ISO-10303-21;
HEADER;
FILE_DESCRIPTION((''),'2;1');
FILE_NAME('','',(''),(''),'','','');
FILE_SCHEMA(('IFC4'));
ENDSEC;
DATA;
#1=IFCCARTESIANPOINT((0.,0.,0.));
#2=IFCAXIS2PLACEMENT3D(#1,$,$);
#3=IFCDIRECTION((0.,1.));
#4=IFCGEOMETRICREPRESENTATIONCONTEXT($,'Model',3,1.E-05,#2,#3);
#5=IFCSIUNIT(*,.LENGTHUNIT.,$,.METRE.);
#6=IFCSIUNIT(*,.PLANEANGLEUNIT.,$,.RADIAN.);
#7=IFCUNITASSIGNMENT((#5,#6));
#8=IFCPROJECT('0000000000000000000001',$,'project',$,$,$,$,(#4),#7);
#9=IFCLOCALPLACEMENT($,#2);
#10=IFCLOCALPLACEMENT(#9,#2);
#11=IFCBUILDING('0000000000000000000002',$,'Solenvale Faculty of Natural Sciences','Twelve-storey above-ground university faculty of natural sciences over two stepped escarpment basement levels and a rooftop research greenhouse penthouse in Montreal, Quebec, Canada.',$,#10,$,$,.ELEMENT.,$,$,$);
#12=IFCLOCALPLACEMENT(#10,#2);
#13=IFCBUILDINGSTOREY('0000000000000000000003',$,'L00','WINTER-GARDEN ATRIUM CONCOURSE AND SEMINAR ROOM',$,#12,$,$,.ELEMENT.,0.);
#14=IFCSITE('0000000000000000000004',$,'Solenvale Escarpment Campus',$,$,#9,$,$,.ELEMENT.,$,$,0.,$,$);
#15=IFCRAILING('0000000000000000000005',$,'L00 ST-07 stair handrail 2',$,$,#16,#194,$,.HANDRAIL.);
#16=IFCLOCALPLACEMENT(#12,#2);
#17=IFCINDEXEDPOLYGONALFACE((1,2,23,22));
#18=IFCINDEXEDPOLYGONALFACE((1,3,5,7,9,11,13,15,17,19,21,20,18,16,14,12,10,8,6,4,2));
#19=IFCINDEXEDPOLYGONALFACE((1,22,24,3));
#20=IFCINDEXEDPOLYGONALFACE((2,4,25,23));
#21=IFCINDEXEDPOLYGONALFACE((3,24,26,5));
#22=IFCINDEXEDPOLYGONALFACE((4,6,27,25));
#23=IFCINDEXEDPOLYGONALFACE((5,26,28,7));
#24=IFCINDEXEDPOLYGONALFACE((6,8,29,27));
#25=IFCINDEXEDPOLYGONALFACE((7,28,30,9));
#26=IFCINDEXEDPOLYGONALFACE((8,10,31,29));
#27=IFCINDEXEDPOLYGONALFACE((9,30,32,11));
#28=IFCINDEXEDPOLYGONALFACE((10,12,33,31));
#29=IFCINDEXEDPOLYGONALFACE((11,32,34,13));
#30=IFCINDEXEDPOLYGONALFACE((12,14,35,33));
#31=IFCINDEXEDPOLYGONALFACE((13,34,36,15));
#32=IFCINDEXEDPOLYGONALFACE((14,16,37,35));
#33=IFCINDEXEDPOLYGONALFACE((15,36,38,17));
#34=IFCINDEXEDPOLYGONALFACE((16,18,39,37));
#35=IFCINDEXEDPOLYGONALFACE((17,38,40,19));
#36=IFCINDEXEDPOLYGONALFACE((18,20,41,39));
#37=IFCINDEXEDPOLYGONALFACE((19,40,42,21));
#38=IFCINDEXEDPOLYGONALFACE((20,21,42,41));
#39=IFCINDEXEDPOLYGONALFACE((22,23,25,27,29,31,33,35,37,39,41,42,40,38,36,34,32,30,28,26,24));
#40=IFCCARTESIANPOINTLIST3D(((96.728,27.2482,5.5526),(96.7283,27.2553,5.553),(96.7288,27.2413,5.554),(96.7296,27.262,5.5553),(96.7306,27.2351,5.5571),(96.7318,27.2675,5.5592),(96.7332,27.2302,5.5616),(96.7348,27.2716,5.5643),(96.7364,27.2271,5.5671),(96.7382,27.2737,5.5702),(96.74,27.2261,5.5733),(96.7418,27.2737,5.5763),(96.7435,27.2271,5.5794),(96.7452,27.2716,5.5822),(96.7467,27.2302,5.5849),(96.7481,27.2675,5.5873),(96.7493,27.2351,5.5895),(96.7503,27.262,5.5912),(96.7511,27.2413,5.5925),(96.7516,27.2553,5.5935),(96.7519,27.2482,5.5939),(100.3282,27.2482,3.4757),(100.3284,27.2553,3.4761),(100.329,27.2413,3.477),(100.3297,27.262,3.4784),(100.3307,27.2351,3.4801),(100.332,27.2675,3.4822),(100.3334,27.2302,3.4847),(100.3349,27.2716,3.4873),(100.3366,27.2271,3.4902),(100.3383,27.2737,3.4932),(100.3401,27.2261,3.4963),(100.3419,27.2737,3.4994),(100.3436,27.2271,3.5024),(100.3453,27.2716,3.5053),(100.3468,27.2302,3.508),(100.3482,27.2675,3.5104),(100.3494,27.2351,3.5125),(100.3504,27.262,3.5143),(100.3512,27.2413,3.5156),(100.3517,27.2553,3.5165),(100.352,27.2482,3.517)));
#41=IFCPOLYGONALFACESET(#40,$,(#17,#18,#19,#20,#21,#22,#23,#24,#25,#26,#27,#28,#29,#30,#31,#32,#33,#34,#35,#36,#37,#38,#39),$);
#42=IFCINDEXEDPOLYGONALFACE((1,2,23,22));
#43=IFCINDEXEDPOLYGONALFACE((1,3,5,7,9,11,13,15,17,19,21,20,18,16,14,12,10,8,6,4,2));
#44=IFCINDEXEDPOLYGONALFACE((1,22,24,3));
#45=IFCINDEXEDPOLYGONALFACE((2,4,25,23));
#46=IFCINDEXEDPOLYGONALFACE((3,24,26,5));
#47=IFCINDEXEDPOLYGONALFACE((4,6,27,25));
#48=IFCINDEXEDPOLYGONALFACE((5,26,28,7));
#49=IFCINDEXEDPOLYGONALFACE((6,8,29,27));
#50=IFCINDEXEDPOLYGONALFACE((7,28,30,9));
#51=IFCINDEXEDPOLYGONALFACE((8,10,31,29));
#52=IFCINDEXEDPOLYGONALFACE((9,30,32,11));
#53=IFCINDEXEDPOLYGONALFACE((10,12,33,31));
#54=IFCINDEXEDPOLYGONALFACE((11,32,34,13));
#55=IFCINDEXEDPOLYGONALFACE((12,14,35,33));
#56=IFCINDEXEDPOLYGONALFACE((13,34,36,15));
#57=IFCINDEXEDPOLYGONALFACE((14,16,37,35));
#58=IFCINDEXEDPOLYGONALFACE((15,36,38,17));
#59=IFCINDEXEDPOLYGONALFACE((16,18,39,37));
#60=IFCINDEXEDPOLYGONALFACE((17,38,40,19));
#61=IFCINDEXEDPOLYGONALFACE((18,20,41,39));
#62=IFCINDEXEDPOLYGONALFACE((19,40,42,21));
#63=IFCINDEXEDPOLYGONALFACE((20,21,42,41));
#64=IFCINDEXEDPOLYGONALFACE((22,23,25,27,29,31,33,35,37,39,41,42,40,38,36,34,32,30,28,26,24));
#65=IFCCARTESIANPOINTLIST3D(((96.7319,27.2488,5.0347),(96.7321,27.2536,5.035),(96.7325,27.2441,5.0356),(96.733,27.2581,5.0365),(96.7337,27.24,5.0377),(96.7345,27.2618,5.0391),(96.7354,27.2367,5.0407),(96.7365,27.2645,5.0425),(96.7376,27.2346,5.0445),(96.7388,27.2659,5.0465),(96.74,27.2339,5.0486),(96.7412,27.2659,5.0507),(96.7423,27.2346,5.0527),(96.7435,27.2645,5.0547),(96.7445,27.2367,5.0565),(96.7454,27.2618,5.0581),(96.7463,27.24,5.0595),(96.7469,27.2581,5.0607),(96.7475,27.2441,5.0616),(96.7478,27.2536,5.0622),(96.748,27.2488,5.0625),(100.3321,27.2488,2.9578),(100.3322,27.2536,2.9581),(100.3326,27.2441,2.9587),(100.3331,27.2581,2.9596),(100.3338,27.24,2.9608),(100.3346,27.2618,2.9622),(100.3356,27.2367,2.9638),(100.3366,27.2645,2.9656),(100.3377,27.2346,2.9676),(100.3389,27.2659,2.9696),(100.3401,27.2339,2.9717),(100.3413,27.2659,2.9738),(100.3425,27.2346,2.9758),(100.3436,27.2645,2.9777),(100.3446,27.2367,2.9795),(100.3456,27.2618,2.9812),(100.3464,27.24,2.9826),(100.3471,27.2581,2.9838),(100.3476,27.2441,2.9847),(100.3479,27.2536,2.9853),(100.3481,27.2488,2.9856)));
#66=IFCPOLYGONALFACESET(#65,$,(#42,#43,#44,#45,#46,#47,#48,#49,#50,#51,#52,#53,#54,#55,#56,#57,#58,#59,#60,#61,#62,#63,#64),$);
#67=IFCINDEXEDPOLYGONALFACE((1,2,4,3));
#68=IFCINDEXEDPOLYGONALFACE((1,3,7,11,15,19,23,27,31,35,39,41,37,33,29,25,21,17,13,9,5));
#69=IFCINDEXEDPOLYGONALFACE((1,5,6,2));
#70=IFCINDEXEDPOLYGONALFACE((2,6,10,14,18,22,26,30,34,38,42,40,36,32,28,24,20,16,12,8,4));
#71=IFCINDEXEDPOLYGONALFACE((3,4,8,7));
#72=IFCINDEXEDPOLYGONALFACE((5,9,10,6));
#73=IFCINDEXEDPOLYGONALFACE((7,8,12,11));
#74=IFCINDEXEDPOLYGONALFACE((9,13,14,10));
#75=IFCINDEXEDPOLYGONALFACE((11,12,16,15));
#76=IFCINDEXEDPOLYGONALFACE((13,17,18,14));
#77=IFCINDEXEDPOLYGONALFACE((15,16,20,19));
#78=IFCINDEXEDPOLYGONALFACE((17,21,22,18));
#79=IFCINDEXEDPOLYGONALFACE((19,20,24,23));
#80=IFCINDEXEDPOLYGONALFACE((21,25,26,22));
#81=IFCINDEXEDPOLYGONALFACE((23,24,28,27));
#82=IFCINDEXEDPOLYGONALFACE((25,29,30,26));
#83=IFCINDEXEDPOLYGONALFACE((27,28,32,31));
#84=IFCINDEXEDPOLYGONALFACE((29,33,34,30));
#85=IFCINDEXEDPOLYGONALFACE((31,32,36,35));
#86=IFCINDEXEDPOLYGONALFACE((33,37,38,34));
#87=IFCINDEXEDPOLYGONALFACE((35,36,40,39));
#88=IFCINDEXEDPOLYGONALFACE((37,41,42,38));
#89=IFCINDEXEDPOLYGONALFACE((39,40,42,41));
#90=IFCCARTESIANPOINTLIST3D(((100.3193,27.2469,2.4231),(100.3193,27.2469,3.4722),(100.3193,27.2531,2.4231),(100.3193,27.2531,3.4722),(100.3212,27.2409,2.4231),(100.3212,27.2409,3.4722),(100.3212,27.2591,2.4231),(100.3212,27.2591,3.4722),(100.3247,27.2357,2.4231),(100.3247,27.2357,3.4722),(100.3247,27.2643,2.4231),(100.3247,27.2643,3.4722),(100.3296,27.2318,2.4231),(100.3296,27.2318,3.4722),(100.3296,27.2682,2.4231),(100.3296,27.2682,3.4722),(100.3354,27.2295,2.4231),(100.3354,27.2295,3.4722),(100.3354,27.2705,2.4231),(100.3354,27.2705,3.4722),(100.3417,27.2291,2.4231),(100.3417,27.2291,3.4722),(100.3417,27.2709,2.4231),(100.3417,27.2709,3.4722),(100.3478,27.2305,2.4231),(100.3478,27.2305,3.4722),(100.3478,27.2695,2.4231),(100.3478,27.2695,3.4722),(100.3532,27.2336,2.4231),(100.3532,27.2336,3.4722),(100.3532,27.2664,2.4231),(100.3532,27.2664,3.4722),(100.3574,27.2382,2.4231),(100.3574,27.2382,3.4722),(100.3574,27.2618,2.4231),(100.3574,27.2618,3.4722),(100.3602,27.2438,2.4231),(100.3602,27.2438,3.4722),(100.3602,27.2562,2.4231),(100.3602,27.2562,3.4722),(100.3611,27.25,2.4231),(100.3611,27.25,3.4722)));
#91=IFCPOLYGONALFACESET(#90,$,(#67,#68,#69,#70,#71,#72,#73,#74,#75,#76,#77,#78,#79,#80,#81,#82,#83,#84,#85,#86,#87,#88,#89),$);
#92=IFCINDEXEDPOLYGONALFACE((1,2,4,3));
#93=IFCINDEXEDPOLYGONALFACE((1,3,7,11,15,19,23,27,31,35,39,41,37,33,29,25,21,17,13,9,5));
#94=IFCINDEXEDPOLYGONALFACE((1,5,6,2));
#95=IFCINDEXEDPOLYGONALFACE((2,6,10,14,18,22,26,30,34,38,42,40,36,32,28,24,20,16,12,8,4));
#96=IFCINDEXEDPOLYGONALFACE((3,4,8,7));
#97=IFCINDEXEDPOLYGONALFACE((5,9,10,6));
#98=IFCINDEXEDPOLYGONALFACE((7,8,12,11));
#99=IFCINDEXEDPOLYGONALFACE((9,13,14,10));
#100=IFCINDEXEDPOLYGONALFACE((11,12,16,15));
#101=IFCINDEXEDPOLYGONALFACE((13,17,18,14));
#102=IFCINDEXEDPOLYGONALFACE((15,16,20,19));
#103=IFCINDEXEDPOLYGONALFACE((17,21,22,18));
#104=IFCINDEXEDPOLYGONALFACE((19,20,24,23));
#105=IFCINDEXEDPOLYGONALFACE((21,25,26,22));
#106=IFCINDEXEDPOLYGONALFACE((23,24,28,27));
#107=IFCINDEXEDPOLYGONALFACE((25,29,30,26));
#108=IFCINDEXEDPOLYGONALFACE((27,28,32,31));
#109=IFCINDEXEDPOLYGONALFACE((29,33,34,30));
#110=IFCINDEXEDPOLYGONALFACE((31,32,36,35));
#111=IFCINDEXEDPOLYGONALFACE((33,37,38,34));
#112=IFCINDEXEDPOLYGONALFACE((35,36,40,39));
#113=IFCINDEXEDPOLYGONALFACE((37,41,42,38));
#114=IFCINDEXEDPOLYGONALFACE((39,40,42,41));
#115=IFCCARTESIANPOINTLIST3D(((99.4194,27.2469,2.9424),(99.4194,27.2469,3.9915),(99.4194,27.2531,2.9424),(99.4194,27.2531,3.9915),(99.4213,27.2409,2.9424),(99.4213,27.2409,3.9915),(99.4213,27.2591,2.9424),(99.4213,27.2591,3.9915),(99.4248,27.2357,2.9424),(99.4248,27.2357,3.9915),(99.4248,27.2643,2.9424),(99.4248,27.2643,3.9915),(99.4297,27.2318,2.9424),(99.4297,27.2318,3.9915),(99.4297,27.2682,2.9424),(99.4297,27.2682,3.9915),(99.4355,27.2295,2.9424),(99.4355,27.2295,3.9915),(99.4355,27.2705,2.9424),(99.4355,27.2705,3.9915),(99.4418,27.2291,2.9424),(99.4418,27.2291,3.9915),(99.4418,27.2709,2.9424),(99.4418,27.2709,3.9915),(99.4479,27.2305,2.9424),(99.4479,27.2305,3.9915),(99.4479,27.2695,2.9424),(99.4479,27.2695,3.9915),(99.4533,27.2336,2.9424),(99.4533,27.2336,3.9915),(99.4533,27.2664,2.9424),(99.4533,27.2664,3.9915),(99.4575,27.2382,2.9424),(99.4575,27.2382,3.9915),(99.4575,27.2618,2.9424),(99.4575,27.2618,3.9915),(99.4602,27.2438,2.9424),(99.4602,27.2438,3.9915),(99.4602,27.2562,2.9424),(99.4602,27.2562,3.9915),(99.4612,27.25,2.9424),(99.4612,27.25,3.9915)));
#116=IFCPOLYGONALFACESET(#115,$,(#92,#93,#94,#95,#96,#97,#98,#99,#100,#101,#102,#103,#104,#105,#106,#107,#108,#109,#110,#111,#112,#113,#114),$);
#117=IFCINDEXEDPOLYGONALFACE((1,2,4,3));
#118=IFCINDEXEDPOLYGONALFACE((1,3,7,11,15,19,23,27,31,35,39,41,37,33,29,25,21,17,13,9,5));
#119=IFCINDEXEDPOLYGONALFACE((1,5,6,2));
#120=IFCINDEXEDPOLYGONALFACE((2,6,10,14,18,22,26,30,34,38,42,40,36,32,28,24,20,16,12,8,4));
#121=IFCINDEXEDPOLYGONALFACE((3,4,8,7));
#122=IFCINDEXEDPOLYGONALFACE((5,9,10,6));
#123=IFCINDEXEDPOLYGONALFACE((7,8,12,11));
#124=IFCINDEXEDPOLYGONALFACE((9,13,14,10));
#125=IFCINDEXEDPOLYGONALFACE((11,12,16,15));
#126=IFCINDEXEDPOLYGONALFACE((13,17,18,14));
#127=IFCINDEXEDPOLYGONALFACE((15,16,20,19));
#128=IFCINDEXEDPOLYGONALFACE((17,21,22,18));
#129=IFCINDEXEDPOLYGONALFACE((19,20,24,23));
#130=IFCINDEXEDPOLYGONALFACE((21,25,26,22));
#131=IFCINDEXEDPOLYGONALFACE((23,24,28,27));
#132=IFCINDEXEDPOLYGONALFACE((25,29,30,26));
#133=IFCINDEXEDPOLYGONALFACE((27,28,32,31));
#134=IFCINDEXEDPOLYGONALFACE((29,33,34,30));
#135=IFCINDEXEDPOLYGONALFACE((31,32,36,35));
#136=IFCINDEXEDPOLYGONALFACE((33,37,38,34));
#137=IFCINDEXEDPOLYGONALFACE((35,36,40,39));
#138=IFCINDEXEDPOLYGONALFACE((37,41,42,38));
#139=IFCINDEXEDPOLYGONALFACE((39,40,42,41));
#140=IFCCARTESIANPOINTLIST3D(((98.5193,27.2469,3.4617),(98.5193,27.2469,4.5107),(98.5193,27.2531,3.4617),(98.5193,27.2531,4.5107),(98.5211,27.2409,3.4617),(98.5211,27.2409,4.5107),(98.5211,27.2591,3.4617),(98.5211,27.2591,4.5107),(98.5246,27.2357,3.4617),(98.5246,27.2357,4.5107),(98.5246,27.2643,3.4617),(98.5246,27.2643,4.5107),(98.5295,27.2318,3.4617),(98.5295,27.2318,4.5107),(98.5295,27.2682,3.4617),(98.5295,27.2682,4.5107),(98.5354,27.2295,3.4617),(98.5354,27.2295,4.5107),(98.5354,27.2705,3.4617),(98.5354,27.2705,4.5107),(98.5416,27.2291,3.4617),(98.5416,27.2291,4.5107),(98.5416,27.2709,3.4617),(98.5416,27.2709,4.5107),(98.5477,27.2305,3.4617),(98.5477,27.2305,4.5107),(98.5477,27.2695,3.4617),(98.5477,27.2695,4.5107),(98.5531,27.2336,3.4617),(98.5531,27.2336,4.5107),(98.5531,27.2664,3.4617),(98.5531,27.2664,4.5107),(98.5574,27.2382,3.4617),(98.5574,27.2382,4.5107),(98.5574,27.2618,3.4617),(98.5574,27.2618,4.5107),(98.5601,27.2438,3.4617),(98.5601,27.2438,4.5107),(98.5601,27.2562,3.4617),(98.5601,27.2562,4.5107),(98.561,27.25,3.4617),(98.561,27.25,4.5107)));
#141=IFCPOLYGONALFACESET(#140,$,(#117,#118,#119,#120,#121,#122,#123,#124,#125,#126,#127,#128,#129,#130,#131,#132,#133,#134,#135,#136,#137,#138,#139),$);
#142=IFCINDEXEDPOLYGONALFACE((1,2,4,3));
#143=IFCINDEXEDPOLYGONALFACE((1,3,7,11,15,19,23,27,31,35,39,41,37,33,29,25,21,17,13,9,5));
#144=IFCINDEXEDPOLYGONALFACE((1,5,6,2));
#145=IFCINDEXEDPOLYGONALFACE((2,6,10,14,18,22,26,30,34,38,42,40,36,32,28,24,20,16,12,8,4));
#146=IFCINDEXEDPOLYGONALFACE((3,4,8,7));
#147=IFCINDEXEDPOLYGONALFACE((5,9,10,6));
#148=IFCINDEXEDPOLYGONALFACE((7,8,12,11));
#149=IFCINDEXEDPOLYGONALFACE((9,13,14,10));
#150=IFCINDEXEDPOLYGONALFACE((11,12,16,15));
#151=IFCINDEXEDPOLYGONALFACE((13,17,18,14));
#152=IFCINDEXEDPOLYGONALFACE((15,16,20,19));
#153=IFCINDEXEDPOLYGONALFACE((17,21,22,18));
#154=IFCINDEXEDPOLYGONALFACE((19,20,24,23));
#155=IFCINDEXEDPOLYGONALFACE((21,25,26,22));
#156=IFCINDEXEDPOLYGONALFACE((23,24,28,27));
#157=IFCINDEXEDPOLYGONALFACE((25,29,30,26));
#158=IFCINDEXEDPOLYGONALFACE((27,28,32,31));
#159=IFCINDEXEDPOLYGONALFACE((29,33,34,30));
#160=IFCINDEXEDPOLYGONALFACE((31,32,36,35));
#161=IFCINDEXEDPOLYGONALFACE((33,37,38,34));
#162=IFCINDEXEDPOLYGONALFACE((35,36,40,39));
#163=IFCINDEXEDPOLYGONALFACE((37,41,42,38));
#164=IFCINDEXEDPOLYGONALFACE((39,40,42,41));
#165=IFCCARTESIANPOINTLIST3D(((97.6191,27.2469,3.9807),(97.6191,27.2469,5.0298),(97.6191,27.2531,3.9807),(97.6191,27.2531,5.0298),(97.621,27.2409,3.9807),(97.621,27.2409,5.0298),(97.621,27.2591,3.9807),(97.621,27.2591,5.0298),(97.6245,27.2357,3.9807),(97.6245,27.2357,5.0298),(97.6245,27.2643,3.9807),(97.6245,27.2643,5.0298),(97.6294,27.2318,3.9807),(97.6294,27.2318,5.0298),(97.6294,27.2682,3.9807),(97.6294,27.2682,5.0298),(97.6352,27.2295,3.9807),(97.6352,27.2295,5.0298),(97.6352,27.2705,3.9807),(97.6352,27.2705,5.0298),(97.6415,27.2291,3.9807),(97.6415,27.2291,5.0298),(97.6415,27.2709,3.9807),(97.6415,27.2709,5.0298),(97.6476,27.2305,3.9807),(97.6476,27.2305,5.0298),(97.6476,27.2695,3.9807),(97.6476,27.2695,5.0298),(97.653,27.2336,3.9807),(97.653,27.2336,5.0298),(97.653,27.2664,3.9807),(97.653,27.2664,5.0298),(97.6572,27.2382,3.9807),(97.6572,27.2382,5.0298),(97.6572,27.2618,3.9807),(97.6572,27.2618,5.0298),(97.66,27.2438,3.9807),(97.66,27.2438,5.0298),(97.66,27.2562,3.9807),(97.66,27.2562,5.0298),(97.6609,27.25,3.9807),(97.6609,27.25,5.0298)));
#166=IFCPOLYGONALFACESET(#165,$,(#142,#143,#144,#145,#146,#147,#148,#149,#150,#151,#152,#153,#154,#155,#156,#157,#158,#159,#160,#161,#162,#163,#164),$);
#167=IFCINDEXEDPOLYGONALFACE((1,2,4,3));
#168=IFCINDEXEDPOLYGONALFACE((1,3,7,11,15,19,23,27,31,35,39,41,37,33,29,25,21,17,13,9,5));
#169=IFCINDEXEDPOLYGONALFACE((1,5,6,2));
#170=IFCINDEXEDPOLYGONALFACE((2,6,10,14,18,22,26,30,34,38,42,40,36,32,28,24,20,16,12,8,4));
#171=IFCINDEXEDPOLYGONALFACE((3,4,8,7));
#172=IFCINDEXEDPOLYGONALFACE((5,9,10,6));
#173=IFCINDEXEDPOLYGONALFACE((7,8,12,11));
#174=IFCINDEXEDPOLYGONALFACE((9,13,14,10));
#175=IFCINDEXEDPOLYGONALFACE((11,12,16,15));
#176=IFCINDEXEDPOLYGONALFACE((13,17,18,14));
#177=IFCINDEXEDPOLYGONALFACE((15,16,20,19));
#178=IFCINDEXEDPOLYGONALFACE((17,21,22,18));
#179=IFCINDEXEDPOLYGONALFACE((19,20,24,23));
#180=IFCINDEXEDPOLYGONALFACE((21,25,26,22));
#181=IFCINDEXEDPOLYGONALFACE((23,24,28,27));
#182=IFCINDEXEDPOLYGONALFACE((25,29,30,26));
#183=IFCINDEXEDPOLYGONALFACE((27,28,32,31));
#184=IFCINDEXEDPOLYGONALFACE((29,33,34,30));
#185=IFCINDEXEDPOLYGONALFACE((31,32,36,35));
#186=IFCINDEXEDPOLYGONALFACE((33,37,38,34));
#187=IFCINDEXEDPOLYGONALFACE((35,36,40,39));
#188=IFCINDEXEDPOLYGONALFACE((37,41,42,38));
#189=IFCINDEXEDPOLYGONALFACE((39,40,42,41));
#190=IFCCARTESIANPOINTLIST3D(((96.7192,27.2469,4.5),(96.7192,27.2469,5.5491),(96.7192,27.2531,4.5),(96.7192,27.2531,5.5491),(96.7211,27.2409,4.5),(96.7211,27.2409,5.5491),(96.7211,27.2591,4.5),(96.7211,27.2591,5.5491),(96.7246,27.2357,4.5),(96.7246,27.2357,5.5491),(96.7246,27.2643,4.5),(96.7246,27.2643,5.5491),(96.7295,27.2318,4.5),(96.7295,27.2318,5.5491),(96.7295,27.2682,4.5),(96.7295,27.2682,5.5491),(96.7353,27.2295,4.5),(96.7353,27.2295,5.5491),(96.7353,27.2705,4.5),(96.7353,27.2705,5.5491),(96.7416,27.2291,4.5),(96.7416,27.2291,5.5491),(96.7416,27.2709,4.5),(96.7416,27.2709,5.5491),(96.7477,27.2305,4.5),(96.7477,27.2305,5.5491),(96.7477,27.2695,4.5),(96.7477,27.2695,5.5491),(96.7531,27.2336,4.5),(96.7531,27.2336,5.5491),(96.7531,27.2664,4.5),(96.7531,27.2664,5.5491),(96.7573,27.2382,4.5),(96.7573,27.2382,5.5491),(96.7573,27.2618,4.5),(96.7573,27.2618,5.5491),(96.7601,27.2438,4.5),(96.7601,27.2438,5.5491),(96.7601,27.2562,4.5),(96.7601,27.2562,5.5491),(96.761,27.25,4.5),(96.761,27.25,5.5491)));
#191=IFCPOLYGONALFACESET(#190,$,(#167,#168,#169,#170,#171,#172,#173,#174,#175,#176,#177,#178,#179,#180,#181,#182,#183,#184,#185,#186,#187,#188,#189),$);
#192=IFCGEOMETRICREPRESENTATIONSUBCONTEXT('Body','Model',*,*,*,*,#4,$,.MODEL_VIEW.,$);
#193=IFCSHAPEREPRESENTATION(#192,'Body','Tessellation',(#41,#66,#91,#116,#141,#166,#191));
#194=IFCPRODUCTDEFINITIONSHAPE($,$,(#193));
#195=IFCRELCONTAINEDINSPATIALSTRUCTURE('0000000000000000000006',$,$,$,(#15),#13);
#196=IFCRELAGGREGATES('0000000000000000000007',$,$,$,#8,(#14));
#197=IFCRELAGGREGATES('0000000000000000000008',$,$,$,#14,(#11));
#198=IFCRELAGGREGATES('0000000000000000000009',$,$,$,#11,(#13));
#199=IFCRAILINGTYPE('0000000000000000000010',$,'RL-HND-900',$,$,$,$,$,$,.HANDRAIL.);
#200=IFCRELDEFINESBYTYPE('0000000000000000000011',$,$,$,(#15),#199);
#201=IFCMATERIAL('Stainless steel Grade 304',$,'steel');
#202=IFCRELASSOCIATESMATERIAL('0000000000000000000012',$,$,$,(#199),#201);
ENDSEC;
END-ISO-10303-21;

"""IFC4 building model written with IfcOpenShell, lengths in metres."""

from ifc_helpers import new_model, si_unit, direction, frame, origin, origin_2d, place, context, subcontext, project, spatial, circle, extrude, material, type_object, element, save


model = new_model("IFC4")

# Units and contexts
model_context = context("Model", 3, precision=1e-05, world=origin(), true_north=direction((0.0, 1.0)))
body_context = subcontext(model_context, "Body", "Model", "MODEL_VIEW")
ifc_project = project(units=[si_unit("LENGTHUNIT", "METRE"), si_unit("PLANEANGLEUNIT", "RADIAN")], contexts=[model_context])

# Site, building, storey
site_placement = place(None, origin())
site = spatial("IfcSite", under=ifc_project, at=site_placement, Name="Solenvale Escarpment Campus", CompositionType="ELEMENT", RefElevation=0.0)
building_placement = place(site_placement, origin())
building = spatial("IfcBuilding", under=site, at=building_placement, Name="Solenvale Faculty of Natural Sciences", Description="Twelve-storey above-ground university faculty of natural sciences over two stepped escarpment basement levels and a rooftop research greenhouse penthouse in Montreal, Quebec, Canada.", CompositionType="ELEMENT")
storey_placement = place(building_placement, origin())
storey = spatial("IfcBuildingStorey", under=building, at=storey_placement, Name="L00", Description="WINTER-GARDEN ATRIUM CONCOURSE AND SEMINAR ROOM", CompositionType="ELEMENT", Elevation=0.0)

# Railing
ifc_material_1 = material(Name="Stainless steel Grade 304", Category="steel")
railing_type_1 = type_object("IfcRailingType", Name="RL-HND-900", PredefinedType="HANDRAIL", material=ifc_material_1)
railing_1_placement = place(storey_placement, frame((100.3401, 27.25, 2.4231)))
element("IfcRailing", 1, at=railing_1_placement, inside=storey, type_object=railing_type_1, Name="L00 ST-07 stair handrail 2", PredefinedType="HANDRAIL", context=body_context, shape_type="SweptSolid", body=[
    extrude(circle(Radius=0.0239, at=origin_2d()), frame((0.0, 0.0, 1.0732), z_axis=(-0.866193, 0.0, 0.499709), x_axis=(0.0, -1.0, 0.0)), (0.0, 0.0, 1.0), 4.1562),
    extrude(circle(Radius=0.0161, at=origin_2d()), frame((0.0, 0.0, 0.5486), z_axis=(-0.866193, 0.0, 0.499709), x_axis=(0.0, -1.0, 0.0)), (0.0, 0.0, 1.0), 4.1562),
    extrude(circle(Radius=0.021, at=origin_2d()), origin(), (0.0, 0.0, 1.0), 1.0491),
    extrude(circle(Radius=0.021, at=origin_2d()), frame((-0.8999, 0.0, 0.5193)), (0.0, 0.0, 1.0), 1.0491),
    extrude(circle(Radius=0.021, at=origin_2d()), frame((-1.8, 0.0, 1.0386)), (0.0, 0.0, 1.0), 1.0491),
    extrude(circle(Radius=0.021, at=origin_2d()), frame((-2.7002, 0.0, 1.5576)), (0.0, 0.0, 1.0), 1.0491),
    extrude(circle(Radius=0.021, at=origin_2d()), frame((-3.6001, 0.0, 2.0769)), (0.0, 0.0, 1.0), 1.0491),
])

save(model, "model.ifc")
